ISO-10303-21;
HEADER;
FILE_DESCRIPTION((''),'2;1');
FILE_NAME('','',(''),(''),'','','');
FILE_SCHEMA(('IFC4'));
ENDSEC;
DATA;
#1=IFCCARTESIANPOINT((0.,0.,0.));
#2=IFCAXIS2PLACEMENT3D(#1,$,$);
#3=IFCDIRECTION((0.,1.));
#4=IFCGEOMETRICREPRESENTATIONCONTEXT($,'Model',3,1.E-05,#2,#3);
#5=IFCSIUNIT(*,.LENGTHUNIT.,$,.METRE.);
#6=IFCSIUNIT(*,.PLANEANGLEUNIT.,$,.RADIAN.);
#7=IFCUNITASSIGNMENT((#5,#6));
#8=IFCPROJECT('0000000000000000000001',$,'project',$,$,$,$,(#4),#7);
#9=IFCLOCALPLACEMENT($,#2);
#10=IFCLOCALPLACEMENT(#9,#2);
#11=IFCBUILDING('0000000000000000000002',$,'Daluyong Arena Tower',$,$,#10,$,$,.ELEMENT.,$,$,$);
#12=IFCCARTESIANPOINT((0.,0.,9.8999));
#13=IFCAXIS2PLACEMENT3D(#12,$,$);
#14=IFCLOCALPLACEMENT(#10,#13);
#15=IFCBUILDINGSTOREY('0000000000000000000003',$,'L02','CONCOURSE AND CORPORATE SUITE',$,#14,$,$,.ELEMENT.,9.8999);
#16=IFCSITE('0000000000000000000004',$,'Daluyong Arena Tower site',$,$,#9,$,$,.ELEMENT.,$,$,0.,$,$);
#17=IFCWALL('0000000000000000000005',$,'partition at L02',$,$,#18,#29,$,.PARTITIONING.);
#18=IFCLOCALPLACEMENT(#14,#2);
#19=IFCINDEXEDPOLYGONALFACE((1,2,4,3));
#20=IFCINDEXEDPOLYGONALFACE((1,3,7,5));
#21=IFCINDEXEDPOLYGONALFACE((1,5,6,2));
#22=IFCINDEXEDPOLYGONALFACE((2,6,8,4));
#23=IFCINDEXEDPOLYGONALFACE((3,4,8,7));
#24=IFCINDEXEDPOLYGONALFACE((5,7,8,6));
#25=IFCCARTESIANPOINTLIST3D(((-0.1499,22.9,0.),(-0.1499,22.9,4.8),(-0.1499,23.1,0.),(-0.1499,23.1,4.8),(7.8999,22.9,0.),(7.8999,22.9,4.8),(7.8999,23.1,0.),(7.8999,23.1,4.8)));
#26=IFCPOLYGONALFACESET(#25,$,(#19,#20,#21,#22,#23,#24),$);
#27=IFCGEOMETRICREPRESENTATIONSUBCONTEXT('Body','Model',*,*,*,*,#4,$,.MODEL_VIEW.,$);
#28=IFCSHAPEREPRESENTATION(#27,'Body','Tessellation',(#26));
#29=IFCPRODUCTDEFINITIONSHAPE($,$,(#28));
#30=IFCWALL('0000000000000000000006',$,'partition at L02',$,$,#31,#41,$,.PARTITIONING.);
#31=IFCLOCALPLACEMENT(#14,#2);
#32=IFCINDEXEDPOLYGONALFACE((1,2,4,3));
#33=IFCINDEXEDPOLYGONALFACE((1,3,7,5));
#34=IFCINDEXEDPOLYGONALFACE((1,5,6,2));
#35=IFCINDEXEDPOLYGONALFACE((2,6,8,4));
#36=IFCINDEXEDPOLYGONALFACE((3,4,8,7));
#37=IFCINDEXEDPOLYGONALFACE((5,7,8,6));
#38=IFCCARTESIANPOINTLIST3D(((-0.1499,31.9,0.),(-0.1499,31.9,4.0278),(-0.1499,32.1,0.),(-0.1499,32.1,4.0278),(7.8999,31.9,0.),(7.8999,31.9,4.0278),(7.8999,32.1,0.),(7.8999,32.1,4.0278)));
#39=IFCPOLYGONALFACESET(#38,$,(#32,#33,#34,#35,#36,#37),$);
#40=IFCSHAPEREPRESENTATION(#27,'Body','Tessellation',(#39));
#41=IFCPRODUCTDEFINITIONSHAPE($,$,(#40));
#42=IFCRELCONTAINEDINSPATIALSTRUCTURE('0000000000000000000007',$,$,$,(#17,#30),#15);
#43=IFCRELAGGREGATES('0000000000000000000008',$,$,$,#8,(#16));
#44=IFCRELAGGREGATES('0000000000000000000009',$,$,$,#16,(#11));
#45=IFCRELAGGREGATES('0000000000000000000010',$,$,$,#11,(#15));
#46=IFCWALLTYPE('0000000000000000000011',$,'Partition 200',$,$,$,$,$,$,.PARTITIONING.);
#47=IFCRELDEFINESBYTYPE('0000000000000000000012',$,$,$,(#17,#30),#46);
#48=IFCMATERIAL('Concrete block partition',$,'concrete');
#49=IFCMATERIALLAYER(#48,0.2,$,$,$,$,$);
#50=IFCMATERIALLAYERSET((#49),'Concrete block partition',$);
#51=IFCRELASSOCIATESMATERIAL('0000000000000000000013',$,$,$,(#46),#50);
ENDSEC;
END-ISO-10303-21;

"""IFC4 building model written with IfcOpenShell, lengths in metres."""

from ifc_helpers import new_model, si_unit, direction, frame, frame_2d, origin, place, context, subcontext, project, spatial, rectangle, extrude, material, layer, layer_set, type_object, element, save


model = new_model("IFC4")

# Units and contexts
model_context = context("Model", 3, precision=1e-05, world=origin(), true_north=direction((0.0, 1.0)))
body_context = subcontext(model_context, "Body", "Model", "MODEL_VIEW")
ifc_project = project(units=[si_unit("LENGTHUNIT", "METRE"), si_unit("PLANEANGLEUNIT", "RADIAN")], contexts=[model_context])

# Site, building, storey
site_placement = place(None, origin())
site = spatial("IfcSite", under=ifc_project, at=site_placement, Name="Daluyong Arena Tower site", CompositionType="ELEMENT", RefElevation=0.0)
building_placement = place(site_placement, origin())
building = spatial("IfcBuilding", under=site, at=building_placement, Name="Daluyong Arena Tower", CompositionType="ELEMENT")
storey_placement = place(building_placement, frame((0.0, 0.0, 9.8999)))
storey = spatial("IfcBuildingStorey", under=building, at=storey_placement, Name="L02", Description="CONCOURSE AND CORPORATE SUITE", CompositionType="ELEMENT", Elevation=9.8999)

# Walls
ifc_material_1 = material(Name="Concrete block partition", Category="concrete")
ifc_layer = layer(ifc_material_1, 0.2)
ifc_layer_set = layer_set([ifc_layer], Name="Concrete block partition")
wall_type = type_object("IfcWallType", Name="Partition 200", PredefinedType="PARTITIONING", material=ifc_layer_set)
wall_1_placement = place(storey_placement, frame((-0.1499, 23.0, 0.0), z_axis=(0.0, 0.0, 1.0), x_axis=(1.0, 0.0, 0.0)))
element("IfcWall", 1, at=wall_1_placement, inside=storey, type_object=wall_type, Name="partition at L02", PredefinedType="PARTITIONING", context=body_context, shape_type="SweptSolid", body=[
    extrude(rectangle(XDim=8.0498, YDim=0.2, at=frame_2d((4.0249, 0.0))), origin(), (0.0, 0.0, 1.0), 4.8),
])
wall_2_placement = place(storey_placement, frame((-0.1499, 32.0, 0.0), z_axis=(0.0, 0.0, 1.0), x_axis=(1.0, 0.0, 0.0)))
element("IfcWall", 2, at=wall_2_placement, inside=storey, type_object=wall_type, Name="partition at L02", PredefinedType="PARTITIONING", context=body_context, shape_type="SweptSolid", body=[
    extrude(rectangle(XDim=8.0498, YDim=0.2, at=frame_2d((4.0249, 0.0))), origin(), (0.0, 0.0, 1.0), 4.0278),
])

save(model, "model.ifc")
